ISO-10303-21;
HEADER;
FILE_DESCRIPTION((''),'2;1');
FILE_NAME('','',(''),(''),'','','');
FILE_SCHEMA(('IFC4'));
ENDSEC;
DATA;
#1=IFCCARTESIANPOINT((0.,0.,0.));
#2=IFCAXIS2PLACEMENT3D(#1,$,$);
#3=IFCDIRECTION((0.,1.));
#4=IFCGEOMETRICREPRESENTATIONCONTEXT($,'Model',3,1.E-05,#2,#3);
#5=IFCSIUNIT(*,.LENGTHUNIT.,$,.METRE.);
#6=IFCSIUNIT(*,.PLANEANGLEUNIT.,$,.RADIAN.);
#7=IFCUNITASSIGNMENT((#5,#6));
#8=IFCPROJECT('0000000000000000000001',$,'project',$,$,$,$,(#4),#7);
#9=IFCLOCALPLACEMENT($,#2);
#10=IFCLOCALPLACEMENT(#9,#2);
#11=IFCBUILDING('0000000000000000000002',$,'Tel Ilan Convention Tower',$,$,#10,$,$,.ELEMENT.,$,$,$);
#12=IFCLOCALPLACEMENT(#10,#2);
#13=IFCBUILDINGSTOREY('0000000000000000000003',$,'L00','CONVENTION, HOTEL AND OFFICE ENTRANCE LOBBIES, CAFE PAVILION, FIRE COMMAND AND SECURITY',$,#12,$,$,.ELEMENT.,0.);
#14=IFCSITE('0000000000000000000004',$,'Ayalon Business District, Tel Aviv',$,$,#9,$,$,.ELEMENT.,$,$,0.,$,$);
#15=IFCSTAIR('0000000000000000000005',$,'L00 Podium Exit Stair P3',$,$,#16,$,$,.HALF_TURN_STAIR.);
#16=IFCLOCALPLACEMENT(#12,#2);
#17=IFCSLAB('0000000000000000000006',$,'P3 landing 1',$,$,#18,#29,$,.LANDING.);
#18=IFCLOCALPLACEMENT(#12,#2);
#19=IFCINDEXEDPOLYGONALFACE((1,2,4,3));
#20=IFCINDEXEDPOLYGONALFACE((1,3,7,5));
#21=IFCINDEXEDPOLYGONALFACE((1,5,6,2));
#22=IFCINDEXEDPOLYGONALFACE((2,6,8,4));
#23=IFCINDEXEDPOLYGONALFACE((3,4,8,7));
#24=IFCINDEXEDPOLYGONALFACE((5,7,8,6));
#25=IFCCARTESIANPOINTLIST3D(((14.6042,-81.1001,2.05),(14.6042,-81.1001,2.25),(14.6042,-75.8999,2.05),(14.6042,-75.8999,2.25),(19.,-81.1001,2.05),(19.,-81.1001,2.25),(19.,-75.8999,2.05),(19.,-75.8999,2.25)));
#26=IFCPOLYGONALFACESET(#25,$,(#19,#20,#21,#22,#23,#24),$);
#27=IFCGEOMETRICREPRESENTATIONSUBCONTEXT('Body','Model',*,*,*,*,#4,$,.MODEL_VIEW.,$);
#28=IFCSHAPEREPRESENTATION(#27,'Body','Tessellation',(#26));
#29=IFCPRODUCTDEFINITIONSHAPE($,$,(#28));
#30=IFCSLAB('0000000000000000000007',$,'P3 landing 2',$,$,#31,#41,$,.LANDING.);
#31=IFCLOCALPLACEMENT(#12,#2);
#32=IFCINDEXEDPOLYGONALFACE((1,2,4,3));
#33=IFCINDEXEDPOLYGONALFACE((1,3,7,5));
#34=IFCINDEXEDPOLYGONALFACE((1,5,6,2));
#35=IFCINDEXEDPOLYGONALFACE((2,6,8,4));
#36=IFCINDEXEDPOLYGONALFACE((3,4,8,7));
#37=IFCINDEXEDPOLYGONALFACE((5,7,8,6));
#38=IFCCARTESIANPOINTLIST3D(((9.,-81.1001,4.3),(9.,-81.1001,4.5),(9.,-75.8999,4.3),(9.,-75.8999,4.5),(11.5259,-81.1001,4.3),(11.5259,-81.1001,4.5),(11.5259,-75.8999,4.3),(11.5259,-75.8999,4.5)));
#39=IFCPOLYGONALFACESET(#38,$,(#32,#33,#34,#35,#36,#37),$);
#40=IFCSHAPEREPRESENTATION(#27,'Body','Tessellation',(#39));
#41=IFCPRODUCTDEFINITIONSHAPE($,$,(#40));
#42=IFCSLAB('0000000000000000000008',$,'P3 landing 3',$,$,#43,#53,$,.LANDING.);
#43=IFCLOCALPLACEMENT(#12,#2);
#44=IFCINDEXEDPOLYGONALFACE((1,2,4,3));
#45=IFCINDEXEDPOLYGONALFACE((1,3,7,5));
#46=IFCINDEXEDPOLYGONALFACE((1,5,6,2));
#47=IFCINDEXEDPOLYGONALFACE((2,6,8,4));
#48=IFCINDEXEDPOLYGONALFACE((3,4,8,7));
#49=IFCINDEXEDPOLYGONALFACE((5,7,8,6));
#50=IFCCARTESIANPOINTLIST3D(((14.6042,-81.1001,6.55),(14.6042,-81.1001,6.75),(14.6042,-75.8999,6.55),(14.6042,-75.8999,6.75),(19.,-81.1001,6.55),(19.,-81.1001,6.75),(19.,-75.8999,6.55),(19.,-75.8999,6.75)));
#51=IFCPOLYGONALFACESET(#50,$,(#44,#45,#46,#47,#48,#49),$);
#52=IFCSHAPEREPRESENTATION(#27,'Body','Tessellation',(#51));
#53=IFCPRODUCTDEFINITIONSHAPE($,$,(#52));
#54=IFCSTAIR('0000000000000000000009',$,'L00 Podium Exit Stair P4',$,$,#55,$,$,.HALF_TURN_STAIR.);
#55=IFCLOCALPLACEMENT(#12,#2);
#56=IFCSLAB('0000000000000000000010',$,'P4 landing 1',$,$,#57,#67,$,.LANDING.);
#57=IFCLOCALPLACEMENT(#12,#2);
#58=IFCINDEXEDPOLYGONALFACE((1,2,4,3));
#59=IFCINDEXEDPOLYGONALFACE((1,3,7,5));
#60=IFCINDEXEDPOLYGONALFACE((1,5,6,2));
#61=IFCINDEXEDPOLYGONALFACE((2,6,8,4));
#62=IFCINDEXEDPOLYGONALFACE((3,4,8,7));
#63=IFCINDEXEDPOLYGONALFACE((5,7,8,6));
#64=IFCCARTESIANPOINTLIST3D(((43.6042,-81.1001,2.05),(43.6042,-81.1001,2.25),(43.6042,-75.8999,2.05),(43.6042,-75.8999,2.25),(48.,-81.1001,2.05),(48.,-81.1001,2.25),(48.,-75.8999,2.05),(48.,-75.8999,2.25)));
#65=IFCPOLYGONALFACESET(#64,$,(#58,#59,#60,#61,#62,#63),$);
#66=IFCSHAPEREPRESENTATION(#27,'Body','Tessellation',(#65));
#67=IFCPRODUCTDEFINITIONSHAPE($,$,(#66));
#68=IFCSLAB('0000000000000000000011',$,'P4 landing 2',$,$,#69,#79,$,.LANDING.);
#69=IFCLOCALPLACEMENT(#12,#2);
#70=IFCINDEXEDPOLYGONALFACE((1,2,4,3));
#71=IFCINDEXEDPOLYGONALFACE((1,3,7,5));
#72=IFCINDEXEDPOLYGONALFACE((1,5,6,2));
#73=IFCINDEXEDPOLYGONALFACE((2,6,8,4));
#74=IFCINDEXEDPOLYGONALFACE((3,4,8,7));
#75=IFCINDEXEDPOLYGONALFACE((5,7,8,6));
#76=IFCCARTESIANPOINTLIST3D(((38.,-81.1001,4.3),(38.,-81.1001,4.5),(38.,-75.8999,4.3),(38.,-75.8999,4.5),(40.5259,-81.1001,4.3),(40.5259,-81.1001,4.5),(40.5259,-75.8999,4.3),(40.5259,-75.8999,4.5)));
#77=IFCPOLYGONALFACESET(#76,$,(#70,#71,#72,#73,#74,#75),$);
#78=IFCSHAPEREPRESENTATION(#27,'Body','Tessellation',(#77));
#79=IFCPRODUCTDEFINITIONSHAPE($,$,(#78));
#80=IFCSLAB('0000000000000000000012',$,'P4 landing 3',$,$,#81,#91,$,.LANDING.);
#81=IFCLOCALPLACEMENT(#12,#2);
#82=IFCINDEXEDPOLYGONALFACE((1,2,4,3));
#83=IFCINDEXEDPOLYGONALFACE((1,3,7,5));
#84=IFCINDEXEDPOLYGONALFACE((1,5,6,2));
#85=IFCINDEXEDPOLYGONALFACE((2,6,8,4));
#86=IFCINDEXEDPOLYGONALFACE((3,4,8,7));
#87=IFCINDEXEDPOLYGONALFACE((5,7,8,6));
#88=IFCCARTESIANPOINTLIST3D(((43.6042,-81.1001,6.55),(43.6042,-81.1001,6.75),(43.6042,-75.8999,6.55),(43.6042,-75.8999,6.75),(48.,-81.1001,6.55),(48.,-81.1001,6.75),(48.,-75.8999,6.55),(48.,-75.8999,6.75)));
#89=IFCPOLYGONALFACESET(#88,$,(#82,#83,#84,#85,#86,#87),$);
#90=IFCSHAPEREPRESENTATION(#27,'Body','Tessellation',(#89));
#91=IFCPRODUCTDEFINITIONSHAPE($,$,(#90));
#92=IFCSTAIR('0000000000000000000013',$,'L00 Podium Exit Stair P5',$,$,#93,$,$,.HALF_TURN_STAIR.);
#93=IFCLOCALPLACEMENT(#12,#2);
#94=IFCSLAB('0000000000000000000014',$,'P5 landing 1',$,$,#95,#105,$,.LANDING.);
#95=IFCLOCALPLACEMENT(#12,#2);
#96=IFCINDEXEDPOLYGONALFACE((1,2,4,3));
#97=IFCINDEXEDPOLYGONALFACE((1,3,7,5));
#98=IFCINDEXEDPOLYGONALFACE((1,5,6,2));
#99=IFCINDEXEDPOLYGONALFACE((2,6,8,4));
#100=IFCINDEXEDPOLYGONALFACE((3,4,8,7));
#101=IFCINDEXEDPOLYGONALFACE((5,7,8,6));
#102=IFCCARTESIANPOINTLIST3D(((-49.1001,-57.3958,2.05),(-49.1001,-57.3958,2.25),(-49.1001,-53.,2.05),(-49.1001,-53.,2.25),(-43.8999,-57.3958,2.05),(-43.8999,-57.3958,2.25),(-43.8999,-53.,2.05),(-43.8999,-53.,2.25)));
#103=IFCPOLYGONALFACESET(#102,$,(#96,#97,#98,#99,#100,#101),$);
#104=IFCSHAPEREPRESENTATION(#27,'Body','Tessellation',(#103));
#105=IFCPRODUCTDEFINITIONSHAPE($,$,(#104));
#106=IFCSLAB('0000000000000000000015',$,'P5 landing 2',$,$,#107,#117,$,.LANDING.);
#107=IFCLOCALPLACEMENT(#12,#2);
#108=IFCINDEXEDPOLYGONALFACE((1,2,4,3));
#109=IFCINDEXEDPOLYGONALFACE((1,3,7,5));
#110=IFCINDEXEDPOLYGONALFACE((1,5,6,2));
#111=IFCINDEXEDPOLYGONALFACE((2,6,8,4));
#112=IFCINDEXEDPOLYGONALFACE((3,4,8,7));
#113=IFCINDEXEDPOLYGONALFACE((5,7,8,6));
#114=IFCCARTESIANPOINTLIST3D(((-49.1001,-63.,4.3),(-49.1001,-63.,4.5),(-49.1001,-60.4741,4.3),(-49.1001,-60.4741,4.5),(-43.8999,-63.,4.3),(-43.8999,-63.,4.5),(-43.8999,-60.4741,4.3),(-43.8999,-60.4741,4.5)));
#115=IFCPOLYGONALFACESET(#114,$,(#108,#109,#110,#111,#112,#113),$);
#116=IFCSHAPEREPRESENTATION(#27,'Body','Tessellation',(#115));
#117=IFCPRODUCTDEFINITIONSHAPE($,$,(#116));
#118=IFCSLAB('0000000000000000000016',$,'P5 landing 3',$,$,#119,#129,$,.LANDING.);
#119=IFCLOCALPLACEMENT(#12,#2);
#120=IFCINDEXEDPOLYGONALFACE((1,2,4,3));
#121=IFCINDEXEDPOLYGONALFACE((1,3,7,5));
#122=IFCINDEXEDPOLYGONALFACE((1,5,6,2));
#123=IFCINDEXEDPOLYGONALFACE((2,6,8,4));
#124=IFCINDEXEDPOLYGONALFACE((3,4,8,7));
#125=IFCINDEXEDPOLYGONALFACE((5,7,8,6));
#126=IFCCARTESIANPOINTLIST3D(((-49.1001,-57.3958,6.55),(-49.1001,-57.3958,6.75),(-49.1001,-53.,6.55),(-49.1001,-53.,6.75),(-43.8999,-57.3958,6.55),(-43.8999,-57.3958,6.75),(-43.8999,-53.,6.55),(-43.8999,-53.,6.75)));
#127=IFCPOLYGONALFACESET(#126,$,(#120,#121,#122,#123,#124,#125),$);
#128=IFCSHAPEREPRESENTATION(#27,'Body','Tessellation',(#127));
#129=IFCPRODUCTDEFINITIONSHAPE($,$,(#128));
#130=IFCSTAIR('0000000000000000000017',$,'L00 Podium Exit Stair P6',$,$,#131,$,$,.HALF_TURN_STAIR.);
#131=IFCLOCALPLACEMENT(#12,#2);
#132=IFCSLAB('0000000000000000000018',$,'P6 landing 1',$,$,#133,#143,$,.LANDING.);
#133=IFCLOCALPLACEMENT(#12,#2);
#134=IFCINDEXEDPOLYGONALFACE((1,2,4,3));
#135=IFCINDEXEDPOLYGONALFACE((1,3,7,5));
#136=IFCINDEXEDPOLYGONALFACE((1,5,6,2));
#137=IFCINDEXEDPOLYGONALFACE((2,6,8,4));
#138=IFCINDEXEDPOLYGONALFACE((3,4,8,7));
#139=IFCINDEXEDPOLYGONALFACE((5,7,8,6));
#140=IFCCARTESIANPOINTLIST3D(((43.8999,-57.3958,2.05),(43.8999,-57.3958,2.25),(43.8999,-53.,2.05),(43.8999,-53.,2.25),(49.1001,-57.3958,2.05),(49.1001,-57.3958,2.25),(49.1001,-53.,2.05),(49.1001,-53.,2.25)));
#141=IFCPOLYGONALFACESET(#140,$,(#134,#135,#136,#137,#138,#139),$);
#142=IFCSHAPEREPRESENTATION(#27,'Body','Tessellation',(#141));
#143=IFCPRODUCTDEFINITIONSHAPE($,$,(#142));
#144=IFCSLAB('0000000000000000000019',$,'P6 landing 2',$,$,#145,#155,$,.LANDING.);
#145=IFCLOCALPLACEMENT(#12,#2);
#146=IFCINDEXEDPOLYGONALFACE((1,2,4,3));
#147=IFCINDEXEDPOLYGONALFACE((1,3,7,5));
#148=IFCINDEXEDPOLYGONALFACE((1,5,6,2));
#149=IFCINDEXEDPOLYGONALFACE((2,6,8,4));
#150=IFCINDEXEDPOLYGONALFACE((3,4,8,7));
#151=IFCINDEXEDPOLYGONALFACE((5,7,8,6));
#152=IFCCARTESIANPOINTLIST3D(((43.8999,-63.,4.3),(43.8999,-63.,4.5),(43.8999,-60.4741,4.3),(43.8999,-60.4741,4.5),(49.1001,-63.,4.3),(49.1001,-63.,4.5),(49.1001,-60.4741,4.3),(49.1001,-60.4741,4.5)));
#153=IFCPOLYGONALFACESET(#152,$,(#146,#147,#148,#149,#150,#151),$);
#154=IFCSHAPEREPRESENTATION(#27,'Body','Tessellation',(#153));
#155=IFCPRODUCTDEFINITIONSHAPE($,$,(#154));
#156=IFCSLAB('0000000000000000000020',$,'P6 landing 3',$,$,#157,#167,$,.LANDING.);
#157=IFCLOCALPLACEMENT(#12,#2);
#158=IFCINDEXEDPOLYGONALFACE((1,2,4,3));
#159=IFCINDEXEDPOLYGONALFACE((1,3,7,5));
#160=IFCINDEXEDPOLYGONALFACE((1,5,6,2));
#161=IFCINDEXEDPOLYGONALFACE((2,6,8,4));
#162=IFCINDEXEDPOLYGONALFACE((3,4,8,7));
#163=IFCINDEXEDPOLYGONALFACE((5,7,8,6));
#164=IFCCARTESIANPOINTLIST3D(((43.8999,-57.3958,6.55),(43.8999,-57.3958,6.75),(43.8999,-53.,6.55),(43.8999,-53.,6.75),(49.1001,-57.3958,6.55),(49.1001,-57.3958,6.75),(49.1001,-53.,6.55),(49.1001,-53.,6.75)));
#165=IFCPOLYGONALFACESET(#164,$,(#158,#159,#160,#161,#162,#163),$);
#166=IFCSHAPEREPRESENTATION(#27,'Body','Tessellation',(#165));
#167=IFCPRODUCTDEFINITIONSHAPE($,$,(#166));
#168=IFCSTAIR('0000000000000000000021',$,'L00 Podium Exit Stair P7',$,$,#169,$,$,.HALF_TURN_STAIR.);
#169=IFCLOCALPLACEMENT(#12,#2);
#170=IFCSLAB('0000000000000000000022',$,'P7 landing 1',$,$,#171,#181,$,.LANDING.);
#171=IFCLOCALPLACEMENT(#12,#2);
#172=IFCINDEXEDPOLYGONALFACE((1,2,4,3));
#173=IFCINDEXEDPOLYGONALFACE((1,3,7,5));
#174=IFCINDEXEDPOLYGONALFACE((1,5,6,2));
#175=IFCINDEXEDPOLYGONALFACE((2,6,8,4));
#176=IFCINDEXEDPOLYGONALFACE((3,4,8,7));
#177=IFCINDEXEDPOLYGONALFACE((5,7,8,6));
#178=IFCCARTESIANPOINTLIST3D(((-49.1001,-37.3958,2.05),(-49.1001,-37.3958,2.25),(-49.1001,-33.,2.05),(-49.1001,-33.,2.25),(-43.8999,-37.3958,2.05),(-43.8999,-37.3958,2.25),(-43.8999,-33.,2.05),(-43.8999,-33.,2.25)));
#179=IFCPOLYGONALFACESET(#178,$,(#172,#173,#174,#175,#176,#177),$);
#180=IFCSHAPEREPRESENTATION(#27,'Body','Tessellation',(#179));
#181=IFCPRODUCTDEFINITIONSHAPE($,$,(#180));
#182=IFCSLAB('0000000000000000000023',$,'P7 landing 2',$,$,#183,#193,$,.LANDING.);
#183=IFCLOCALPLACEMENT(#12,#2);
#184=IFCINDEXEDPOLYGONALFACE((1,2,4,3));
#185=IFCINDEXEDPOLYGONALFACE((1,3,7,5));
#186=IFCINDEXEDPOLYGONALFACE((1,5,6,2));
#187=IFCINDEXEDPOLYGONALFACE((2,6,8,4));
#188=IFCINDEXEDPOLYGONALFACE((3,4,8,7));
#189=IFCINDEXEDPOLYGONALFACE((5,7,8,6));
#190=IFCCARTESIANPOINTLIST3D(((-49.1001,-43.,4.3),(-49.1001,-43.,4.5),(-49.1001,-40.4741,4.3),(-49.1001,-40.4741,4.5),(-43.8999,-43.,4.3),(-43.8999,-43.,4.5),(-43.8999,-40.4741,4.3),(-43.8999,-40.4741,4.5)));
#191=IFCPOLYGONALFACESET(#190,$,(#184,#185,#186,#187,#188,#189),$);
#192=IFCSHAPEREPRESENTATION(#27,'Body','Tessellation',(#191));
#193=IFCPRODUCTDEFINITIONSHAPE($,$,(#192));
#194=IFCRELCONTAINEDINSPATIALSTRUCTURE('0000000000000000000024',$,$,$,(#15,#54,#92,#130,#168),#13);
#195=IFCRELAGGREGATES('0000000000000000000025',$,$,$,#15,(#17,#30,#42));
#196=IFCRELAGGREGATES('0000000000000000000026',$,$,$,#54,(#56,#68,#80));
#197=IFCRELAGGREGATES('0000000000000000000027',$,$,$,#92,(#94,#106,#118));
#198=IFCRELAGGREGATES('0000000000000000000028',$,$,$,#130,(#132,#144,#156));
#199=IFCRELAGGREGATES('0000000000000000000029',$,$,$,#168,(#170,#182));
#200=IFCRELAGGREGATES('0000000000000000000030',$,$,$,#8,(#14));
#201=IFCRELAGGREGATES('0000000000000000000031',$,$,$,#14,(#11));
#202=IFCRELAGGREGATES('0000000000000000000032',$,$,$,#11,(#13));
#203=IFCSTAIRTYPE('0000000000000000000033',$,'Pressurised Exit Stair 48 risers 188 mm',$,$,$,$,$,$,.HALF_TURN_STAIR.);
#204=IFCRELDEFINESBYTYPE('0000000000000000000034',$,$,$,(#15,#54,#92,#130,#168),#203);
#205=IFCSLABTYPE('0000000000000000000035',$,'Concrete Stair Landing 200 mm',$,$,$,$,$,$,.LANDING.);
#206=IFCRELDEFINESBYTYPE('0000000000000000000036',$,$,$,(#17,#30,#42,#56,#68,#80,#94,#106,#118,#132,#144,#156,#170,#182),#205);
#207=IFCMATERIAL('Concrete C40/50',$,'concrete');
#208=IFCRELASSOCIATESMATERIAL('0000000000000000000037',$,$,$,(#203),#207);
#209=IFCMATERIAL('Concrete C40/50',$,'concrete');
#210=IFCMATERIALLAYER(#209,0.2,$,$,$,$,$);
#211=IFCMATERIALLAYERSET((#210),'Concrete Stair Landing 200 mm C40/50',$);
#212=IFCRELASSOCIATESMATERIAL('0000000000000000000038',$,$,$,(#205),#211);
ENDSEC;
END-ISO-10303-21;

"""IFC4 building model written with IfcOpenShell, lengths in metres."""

from ifc_helpers import new_model, si_unit, direction, frame, origin, place, context, subcontext, project, spatial, polyline, outline, extrude, material, layer, layer_set, type_object, element, aggregate, save


model = new_model("IFC4")

# Units and contexts
model_context = context("Model", 3, precision=1e-05, world=origin(), true_north=direction((0.0, 1.0)))
body_context = subcontext(model_context, "Body", "Model", "MODEL_VIEW")
ifc_project = project(units=[si_unit("LENGTHUNIT", "METRE"), si_unit("PLANEANGLEUNIT", "RADIAN")], contexts=[model_context])

# Site, building, storey
site_placement = place(None, origin())
site = spatial("IfcSite", under=ifc_project, at=site_placement, Name="Ayalon Business District, Tel Aviv", CompositionType="ELEMENT", RefElevation=0.0)
building_placement = place(site_placement, origin())
building = spatial("IfcBuilding", under=site, at=building_placement, Name="Tel Ilan Convention Tower", CompositionType="ELEMENT")
storey_placement = place(building_placement, origin())
storey = spatial("IfcBuildingStorey", under=building, at=storey_placement, Name="L00", Description="CONVENTION, HOTEL AND OFFICE ENTRANCE LOBBIES, CAFE PAVILION, FIRE COMMAND AND SECURITY", CompositionType="ELEMENT", Elevation=0.0)

# Stairs, slabs
ifc_material_1 = material(Name="Concrete C40/50", Category="concrete")
stair_type = type_object("IfcStairType", Name="Pressurised Exit Stair 48 risers 188 mm", PredefinedType="HALF_TURN_STAIR", material=ifc_material_1)
stair_1_placement = place(storey_placement, origin())
stair_1 = element("IfcStair", 1, at=stair_1_placement, inside=storey, type_object=stair_type, Name="L00 Podium Exit Stair P3", PredefinedType="HALF_TURN_STAIR")
ifc_material_2 = material(Name="Concrete C40/50", Category="concrete")
ifc_layer_1 = layer(ifc_material_2, 0.2)
ifc_layer_set_1 = layer_set([ifc_layer_1], Name="Concrete Stair Landing 200 mm C40/50")
slab_type = type_object("IfcSlabType", Name="Concrete Stair Landing 200 mm", PredefinedType="LANDING", material=ifc_layer_set_1)
slab_1_placement = place(storey_placement, frame((0.0, 0.0, 2.05)))
slab_1 = element("IfcSlab", 2, at=slab_1_placement, type_object=slab_type, Name="P3 landing 1", PredefinedType="LANDING", context=body_context, shape_type="SweptSolid", body=[
    extrude(outline(polyline([(14.6042, -81.1001), (19.0, -81.1001), (19.0, -75.8999), (14.6042, -75.8999), (14.6042, -81.1001)])), origin(), (0.0, 0.0, 1.0), 0.2),
])
slab_2_placement = place(storey_placement, frame((0.0, 0.0, 4.3)))
slab_2 = element("IfcSlab", 3, at=slab_2_placement, type_object=slab_type, Name="P3 landing 2", PredefinedType="LANDING", context=body_context, shape_type="SweptSolid", body=[
    extrude(outline(polyline([(9.0, -81.1001), (11.5259, -81.1001), (11.5259, -75.8999), (9.0, -75.8999), (9.0, -81.1001)])), origin(), (0.0, 0.0, 1.0), 0.2),
])
slab_3_placement = place(storey_placement, frame((0.0, 0.0, 6.55)))
slab_3 = element("IfcSlab", 4, at=slab_3_placement, type_object=slab_type, Name="P3 landing 3", PredefinedType="LANDING", context=body_context, shape_type="SweptSolid", body=[
    extrude(outline(polyline([(14.6042, -81.1001), (19.0, -81.1001), (19.0, -75.8999), (14.6042, -75.8999), (14.6042, -81.1001)])), origin(), (0.0, 0.0, 1.0), 0.2),
])
aggregate(stair_1, [slab_1, slab_2, slab_3])
stair_2_placement = place(storey_placement, origin())
stair_2 = element("IfcStair", 5, at=stair_2_placement, inside=storey, type_object=stair_type, Name="L00 Podium Exit Stair P4", PredefinedType="HALF_TURN_STAIR")
slab_4_placement = place(storey_placement, frame((0.0, 0.0, 2.05)))
slab_4 = element("IfcSlab", 6, at=slab_4_placement, type_object=slab_type, Name="P4 landing 1", PredefinedType="LANDING", context=body_context, shape_type="SweptSolid", body=[
    extrude(outline(polyline([(43.6042, -81.1001), (48.0, -81.1001), (48.0, -75.8999), (43.6042, -75.8999), (43.6042, -81.1001)])), origin(), (0.0, 0.0, 1.0), 0.2),
])
slab_5_placement = place(storey_placement, frame((0.0, 0.0, 4.3)))
slab_5 = element("IfcSlab", 7, at=slab_5_placement, type_object=slab_type, Name="P4 landing 2", PredefinedType="LANDING", context=body_context, shape_type="SweptSolid", body=[
    extrude(outline(polyline([(38.0, -81.1001), (40.5259, -81.1001), (40.5259, -75.8999), (38.0, -75.8999), (38.0, -81.1001)])), origin(), (0.0, 0.0, 1.0), 0.2),
])
slab_6_placement = place(storey_placement, frame((0.0, 0.0, 6.55)))
slab_6 = element("IfcSlab", 8, at=slab_6_placement, type_object=slab_type, Name="P4 landing 3", PredefinedType="LANDING", context=body_context, shape_type="SweptSolid", body=[
    extrude(outline(polyline([(43.6042, -81.1001), (48.0, -81.1001), (48.0, -75.8999), (43.6042, -75.8999), (43.6042, -81.1001)])), origin(), (0.0, 0.0, 1.0), 0.2),
])
aggregate(stair_2, [slab_4, slab_5, slab_6])
stair_3_placement = place(storey_placement, origin())
stair_3 = element("IfcStair", 9, at=stair_3_placement, inside=storey, type_object=stair_type, Name="L00 Podium Exit Stair P5", PredefinedType="HALF_TURN_STAIR")
slab_7_placement = place(storey_placement, frame((0.0, 0.0, 2.05)))
slab_7 = element("IfcSlab", 10, at=slab_7_placement, type_object=slab_type, Name="P5 landing 1", PredefinedType="LANDING", context=body_context, shape_type="SweptSolid", body=[
    extrude(outline(polyline([(-43.8999, -57.3958), (-43.8999, -53.0), (-49.1001, -53.0), (-49.1001, -57.3958), (-43.8999, -57.3958)])), origin(), (0.0, 0.0, 1.0), 0.2),
])
slab_8_placement = place(storey_placement, frame((0.0, 0.0, 4.3)))
slab_8 = element("IfcSlab", 11, at=slab_8_placement, type_object=slab_type, Name="P5 landing 2", PredefinedType="LANDING", context=body_context, shape_type="SweptSolid", body=[
    extrude(outline(polyline([(-43.8999, -63.0), (-43.8999, -60.4741), (-49.1001, -60.4741), (-49.1001, -63.0), (-43.8999, -63.0)])), origin(), (0.0, 0.0, 1.0), 0.2),
])
slab_9_placement = place(storey_placement, frame((0.0, 0.0, 6.55)))
slab_9 = element("IfcSlab", 12, at=slab_9_placement, type_object=slab_type, Name="P5 landing 3", PredefinedType="LANDING", context=body_context, shape_type="SweptSolid", body=[
    extrude(outline(polyline([(-43.8999, -57.3958), (-43.8999, -53.0), (-49.1001, -53.0), (-49.1001, -57.3958), (-43.8999, -57.3958)])), origin(), (0.0, 0.0, 1.0), 0.2),
])
aggregate(stair_3, [slab_7, slab_8, slab_9])
stair_4_placement = place(storey_placement, origin())
stair_4 = element("IfcStair", 13, at=stair_4_placement, inside=storey, type_object=stair_type, Name="L00 Podium Exit Stair P6", PredefinedType="HALF_TURN_STAIR")
slab_10_placement = place(storey_placement, frame((0.0, 0.0, 2.05)))
slab_10 = element("IfcSlab", 14, at=slab_10_placement, type_object=slab_type, Name="P6 landing 1", PredefinedType="LANDING", context=body_context, shape_type="SweptSolid", body=[
    extrude(outline(polyline([(49.1001, -57.3958), (49.1001, -53.0), (43.8999, -53.0), (43.8999, -57.3958), (49.1001, -57.3958)])), origin(), (0.0, 0.0, 1.0), 0.2),
])
slab_11_placement = place(storey_placement, frame((0.0, 0.0, 4.3)))
slab_11 = element("IfcSlab", 15, at=slab_11_placement, type_object=slab_type, Name="P6 landing 2", PredefinedType="LANDING", context=body_context, shape_type="SweptSolid", body=[
    extrude(outline(polyline([(49.1001, -63.0), (49.1001, -60.4741), (43.8999, -60.4741), (43.8999, -63.0), (49.1001, -63.0)])), origin(), (0.0, 0.0, 1.0), 0.2),
])
slab_12_placement = place(storey_placement, frame((0.0, 0.0, 6.55)))
slab_12 = element("IfcSlab", 16, at=slab_12_placement, type_object=slab_type, Name="P6 landing 3", PredefinedType="LANDING", context=body_context, shape_type="SweptSolid", body=[
    extrude(outline(polyline([(49.1001, -57.3958), (49.1001, -53.0), (43.8999, -53.0), (43.8999, -57.3958), (49.1001, -57.3958)])), origin(), (0.0, 0.0, 1.0), 0.2),
])
aggregate(stair_4, [slab_10, slab_11, slab_12])
stair_5_placement = place(storey_placement, origin())
stair_5 = element("IfcStair", 17, at=stair_5_placement, inside=storey, type_object=stair_type, Name="L00 Podium Exit Stair P7", PredefinedType="HALF_TURN_STAIR")
slab_13_placement = place(storey_placement, frame((0.0, 0.0, 2.05)))
slab_13 = element("IfcSlab", 18, at=slab_13_placement, type_object=slab_type, Name="P7 landing 1", PredefinedType="LANDING", context=body_context, shape_type="SweptSolid", body=[
    extrude(outline(polyline([(-43.8999, -37.3958), (-43.8999, -33.0), (-49.1001, -33.0), (-49.1001, -37.3958), (-43.8999, -37.3958)])), origin(), (0.0, 0.0, 1.0), 0.2),
])
slab_14_placement = place(storey_placement, frame((0.0, 0.0, 4.3)))
slab_14 = element("IfcSlab", 19, at=slab_14_placement, type_object=slab_type, Name="P7 landing 2", PredefinedType="LANDING", context=body_context, shape_type="SweptSolid", body=[
    extrude(outline(polyline([(-43.8999, -43.0), (-43.8999, -40.4741), (-49.1001, -40.4741), (-49.1001, -43.0), (-43.8999, -43.0)])), origin(), (0.0, 0.0, 1.0), 0.2),
])
aggregate(stair_5, [slab_13, slab_14])

save(model, "model.ifc")
